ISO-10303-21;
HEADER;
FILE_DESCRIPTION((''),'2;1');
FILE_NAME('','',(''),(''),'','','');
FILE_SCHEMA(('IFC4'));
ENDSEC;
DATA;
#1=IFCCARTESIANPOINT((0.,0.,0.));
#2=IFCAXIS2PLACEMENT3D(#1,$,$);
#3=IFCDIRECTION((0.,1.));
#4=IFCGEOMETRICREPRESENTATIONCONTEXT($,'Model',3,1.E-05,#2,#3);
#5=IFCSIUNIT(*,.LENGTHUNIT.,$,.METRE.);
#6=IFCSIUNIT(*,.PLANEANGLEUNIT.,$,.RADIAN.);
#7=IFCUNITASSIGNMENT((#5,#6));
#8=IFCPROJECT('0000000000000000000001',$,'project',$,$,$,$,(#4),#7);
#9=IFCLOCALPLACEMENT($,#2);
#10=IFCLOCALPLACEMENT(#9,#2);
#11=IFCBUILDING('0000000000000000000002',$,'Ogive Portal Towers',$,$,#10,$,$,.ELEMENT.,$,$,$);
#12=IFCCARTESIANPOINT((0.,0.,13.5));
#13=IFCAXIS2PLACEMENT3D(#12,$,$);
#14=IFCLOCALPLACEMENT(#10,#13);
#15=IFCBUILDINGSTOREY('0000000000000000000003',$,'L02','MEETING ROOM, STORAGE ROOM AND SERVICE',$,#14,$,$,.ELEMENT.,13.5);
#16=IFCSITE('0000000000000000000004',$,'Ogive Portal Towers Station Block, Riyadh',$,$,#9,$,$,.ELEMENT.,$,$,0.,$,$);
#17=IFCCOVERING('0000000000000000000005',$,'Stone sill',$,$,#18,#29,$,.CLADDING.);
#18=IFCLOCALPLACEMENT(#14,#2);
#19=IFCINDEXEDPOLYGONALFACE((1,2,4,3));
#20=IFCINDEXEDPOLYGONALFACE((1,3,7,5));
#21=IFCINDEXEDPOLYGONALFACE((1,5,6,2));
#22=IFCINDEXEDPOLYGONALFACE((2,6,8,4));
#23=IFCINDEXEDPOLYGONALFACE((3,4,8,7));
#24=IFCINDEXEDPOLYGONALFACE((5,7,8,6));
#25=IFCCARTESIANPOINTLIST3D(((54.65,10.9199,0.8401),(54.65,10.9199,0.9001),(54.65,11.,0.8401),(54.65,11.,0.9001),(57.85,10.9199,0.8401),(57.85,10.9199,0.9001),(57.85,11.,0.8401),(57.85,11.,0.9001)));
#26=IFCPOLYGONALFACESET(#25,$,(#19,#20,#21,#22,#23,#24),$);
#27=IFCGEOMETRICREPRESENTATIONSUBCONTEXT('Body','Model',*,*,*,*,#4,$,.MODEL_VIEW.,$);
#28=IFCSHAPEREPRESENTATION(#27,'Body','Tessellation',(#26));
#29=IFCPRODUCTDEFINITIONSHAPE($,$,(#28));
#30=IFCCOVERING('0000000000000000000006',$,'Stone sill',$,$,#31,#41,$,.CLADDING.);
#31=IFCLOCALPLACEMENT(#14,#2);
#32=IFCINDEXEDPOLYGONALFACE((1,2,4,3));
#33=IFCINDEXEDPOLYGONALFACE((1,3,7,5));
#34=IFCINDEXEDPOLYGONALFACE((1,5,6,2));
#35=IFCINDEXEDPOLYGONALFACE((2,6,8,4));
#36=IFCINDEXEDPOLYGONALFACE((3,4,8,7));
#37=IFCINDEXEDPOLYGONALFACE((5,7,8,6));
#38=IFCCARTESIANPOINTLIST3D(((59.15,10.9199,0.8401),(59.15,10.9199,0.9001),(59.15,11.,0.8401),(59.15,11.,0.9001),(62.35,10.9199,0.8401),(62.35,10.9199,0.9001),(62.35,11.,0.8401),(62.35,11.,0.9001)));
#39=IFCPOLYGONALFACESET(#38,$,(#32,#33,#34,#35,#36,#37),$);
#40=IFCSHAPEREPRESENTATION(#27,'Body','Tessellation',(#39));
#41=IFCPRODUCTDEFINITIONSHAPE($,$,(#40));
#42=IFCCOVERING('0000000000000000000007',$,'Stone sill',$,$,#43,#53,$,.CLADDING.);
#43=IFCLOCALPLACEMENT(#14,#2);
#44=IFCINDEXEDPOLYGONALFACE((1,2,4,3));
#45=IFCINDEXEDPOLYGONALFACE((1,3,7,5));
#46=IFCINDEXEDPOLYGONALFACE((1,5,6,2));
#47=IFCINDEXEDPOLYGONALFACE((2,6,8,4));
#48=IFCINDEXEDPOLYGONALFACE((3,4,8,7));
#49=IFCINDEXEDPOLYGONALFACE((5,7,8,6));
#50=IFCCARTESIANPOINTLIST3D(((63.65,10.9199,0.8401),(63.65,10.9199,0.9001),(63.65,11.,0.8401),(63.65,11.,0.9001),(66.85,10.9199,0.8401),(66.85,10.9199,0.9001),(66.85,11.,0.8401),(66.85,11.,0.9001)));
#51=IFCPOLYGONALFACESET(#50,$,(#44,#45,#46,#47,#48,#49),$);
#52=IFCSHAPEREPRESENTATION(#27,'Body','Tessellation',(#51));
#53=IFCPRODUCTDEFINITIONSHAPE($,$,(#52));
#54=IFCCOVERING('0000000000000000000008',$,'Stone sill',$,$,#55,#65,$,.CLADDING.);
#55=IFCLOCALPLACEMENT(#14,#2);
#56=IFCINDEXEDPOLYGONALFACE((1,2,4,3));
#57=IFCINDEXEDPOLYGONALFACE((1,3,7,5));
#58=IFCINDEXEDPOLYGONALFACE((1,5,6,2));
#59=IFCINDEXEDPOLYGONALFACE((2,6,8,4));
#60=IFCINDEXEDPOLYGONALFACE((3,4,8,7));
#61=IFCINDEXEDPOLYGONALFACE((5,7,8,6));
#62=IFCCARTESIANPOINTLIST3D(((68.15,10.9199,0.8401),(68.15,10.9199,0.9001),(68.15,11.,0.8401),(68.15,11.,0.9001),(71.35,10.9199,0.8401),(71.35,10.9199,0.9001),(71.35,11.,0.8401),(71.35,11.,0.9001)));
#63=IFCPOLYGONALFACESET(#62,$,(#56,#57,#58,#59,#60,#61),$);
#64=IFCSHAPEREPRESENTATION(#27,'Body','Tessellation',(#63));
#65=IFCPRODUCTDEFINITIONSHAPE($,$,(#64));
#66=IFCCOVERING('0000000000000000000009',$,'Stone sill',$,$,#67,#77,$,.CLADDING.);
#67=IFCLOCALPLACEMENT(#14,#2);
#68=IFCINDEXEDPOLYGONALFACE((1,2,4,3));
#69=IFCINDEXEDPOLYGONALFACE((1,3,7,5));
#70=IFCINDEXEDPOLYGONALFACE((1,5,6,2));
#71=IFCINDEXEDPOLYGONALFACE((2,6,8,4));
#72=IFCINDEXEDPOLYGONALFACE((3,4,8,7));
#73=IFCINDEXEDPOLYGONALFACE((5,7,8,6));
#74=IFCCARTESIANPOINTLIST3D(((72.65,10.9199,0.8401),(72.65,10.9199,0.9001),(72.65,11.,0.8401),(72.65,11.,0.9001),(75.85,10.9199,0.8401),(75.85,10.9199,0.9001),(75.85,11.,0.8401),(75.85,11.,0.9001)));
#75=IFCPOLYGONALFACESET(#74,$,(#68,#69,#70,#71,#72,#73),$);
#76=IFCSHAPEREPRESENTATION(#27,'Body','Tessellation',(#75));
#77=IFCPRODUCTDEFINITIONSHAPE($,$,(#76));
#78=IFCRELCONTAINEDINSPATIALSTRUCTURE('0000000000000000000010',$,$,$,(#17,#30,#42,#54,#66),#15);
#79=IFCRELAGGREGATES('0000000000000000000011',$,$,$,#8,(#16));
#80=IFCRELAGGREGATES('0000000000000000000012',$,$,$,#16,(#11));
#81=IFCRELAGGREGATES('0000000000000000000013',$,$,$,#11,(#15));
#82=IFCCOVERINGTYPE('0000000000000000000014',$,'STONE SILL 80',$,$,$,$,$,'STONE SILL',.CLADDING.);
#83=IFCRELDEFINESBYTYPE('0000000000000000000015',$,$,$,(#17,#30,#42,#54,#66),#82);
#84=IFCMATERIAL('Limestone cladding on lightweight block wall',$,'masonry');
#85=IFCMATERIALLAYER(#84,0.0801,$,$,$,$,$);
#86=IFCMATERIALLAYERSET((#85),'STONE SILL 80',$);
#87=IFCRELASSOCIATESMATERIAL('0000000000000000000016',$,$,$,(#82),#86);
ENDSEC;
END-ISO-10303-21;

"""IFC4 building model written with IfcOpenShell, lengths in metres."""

from ifc_helpers import new_model, si_unit, direction, frame, origin, origin_2d, place, context, subcontext, project, spatial, rectangle, extrude, material, layer, layer_set, type_object, element, save


model = new_model("IFC4")

# Units and contexts
model_context = context("Model", 3, precision=1e-05, world=origin(), true_north=direction((0.0, 1.0)))
body_context = subcontext(model_context, "Body", "Model", "MODEL_VIEW")
ifc_project = project(units=[si_unit("LENGTHUNIT", "METRE"), si_unit("PLANEANGLEUNIT", "RADIAN")], contexts=[model_context])

# Site, building, storey
site_placement = place(None, origin())
site = spatial("IfcSite", under=ifc_project, at=site_placement, Name="Ogive Portal Towers Station Block, Riyadh", CompositionType="ELEMENT", RefElevation=0.0)
building_placement = place(site_placement, origin())
building = spatial("IfcBuilding", under=site, at=building_placement, Name="Ogive Portal Towers", CompositionType="ELEMENT")
storey_placement = place(building_placement, frame((0.0, 0.0, 13.5)))
storey = spatial("IfcBuildingStorey", under=building, at=storey_placement, Name="L02", Description="MEETING ROOM, STORAGE ROOM AND SERVICE", CompositionType="ELEMENT", Elevation=13.5)

# Coverings
ifc_material_1 = material(Name="Limestone cladding on lightweight block wall", Category="masonry")
ifc_layer_1 = layer(ifc_material_1, 0.0801)
ifc_layer_set_1 = layer_set([ifc_layer_1], Name="STONE SILL 80")
covering_type_1 = type_object("IfcCoveringType", Name="STONE SILL 80", ElementType="STONE SILL", PredefinedType="CLADDING", material=ifc_layer_set_1)
for number, where, z_axis, x_axis, name in (
    (1, (56.25, 10.96, 0.8401), (0.0, 0.0, 1.0), (1.0, 0.0, 0.0), "Stone sill"),
    (2, (60.75, 10.96, 0.8401), (0.0, 0.0, 1.0), (1.0, 0.0, 0.0), "Stone sill"),
    (3, (65.25, 10.96, 0.8401), (0.0, 0.0, 1.0), (1.0, 0.0, 0.0), "Stone sill"),
    (4, (69.75, 10.96, 0.8401), (0.0, 0.0, 1.0), (1.0, 0.0, 0.0), "Stone sill"),
    (5, (74.25, 10.96, 0.8401), (0.0, 0.0, 1.0), (1.0, 0.0, 0.0), "Stone sill"),
):
    element("IfcCovering", number, at=place(storey_placement, frame(where, z_axis=z_axis, x_axis=x_axis)), inside=storey, type_object=covering_type_1, Name=name, PredefinedType="CLADDING", context=body_context, shape_type="SweptSolid", body=[
        extrude(rectangle(XDim=3.2, YDim=0.0801, at=origin_2d()), origin(), (0.0, 0.0, 1.0), 0.0601),
    ])

save(model, "model.ifc")
